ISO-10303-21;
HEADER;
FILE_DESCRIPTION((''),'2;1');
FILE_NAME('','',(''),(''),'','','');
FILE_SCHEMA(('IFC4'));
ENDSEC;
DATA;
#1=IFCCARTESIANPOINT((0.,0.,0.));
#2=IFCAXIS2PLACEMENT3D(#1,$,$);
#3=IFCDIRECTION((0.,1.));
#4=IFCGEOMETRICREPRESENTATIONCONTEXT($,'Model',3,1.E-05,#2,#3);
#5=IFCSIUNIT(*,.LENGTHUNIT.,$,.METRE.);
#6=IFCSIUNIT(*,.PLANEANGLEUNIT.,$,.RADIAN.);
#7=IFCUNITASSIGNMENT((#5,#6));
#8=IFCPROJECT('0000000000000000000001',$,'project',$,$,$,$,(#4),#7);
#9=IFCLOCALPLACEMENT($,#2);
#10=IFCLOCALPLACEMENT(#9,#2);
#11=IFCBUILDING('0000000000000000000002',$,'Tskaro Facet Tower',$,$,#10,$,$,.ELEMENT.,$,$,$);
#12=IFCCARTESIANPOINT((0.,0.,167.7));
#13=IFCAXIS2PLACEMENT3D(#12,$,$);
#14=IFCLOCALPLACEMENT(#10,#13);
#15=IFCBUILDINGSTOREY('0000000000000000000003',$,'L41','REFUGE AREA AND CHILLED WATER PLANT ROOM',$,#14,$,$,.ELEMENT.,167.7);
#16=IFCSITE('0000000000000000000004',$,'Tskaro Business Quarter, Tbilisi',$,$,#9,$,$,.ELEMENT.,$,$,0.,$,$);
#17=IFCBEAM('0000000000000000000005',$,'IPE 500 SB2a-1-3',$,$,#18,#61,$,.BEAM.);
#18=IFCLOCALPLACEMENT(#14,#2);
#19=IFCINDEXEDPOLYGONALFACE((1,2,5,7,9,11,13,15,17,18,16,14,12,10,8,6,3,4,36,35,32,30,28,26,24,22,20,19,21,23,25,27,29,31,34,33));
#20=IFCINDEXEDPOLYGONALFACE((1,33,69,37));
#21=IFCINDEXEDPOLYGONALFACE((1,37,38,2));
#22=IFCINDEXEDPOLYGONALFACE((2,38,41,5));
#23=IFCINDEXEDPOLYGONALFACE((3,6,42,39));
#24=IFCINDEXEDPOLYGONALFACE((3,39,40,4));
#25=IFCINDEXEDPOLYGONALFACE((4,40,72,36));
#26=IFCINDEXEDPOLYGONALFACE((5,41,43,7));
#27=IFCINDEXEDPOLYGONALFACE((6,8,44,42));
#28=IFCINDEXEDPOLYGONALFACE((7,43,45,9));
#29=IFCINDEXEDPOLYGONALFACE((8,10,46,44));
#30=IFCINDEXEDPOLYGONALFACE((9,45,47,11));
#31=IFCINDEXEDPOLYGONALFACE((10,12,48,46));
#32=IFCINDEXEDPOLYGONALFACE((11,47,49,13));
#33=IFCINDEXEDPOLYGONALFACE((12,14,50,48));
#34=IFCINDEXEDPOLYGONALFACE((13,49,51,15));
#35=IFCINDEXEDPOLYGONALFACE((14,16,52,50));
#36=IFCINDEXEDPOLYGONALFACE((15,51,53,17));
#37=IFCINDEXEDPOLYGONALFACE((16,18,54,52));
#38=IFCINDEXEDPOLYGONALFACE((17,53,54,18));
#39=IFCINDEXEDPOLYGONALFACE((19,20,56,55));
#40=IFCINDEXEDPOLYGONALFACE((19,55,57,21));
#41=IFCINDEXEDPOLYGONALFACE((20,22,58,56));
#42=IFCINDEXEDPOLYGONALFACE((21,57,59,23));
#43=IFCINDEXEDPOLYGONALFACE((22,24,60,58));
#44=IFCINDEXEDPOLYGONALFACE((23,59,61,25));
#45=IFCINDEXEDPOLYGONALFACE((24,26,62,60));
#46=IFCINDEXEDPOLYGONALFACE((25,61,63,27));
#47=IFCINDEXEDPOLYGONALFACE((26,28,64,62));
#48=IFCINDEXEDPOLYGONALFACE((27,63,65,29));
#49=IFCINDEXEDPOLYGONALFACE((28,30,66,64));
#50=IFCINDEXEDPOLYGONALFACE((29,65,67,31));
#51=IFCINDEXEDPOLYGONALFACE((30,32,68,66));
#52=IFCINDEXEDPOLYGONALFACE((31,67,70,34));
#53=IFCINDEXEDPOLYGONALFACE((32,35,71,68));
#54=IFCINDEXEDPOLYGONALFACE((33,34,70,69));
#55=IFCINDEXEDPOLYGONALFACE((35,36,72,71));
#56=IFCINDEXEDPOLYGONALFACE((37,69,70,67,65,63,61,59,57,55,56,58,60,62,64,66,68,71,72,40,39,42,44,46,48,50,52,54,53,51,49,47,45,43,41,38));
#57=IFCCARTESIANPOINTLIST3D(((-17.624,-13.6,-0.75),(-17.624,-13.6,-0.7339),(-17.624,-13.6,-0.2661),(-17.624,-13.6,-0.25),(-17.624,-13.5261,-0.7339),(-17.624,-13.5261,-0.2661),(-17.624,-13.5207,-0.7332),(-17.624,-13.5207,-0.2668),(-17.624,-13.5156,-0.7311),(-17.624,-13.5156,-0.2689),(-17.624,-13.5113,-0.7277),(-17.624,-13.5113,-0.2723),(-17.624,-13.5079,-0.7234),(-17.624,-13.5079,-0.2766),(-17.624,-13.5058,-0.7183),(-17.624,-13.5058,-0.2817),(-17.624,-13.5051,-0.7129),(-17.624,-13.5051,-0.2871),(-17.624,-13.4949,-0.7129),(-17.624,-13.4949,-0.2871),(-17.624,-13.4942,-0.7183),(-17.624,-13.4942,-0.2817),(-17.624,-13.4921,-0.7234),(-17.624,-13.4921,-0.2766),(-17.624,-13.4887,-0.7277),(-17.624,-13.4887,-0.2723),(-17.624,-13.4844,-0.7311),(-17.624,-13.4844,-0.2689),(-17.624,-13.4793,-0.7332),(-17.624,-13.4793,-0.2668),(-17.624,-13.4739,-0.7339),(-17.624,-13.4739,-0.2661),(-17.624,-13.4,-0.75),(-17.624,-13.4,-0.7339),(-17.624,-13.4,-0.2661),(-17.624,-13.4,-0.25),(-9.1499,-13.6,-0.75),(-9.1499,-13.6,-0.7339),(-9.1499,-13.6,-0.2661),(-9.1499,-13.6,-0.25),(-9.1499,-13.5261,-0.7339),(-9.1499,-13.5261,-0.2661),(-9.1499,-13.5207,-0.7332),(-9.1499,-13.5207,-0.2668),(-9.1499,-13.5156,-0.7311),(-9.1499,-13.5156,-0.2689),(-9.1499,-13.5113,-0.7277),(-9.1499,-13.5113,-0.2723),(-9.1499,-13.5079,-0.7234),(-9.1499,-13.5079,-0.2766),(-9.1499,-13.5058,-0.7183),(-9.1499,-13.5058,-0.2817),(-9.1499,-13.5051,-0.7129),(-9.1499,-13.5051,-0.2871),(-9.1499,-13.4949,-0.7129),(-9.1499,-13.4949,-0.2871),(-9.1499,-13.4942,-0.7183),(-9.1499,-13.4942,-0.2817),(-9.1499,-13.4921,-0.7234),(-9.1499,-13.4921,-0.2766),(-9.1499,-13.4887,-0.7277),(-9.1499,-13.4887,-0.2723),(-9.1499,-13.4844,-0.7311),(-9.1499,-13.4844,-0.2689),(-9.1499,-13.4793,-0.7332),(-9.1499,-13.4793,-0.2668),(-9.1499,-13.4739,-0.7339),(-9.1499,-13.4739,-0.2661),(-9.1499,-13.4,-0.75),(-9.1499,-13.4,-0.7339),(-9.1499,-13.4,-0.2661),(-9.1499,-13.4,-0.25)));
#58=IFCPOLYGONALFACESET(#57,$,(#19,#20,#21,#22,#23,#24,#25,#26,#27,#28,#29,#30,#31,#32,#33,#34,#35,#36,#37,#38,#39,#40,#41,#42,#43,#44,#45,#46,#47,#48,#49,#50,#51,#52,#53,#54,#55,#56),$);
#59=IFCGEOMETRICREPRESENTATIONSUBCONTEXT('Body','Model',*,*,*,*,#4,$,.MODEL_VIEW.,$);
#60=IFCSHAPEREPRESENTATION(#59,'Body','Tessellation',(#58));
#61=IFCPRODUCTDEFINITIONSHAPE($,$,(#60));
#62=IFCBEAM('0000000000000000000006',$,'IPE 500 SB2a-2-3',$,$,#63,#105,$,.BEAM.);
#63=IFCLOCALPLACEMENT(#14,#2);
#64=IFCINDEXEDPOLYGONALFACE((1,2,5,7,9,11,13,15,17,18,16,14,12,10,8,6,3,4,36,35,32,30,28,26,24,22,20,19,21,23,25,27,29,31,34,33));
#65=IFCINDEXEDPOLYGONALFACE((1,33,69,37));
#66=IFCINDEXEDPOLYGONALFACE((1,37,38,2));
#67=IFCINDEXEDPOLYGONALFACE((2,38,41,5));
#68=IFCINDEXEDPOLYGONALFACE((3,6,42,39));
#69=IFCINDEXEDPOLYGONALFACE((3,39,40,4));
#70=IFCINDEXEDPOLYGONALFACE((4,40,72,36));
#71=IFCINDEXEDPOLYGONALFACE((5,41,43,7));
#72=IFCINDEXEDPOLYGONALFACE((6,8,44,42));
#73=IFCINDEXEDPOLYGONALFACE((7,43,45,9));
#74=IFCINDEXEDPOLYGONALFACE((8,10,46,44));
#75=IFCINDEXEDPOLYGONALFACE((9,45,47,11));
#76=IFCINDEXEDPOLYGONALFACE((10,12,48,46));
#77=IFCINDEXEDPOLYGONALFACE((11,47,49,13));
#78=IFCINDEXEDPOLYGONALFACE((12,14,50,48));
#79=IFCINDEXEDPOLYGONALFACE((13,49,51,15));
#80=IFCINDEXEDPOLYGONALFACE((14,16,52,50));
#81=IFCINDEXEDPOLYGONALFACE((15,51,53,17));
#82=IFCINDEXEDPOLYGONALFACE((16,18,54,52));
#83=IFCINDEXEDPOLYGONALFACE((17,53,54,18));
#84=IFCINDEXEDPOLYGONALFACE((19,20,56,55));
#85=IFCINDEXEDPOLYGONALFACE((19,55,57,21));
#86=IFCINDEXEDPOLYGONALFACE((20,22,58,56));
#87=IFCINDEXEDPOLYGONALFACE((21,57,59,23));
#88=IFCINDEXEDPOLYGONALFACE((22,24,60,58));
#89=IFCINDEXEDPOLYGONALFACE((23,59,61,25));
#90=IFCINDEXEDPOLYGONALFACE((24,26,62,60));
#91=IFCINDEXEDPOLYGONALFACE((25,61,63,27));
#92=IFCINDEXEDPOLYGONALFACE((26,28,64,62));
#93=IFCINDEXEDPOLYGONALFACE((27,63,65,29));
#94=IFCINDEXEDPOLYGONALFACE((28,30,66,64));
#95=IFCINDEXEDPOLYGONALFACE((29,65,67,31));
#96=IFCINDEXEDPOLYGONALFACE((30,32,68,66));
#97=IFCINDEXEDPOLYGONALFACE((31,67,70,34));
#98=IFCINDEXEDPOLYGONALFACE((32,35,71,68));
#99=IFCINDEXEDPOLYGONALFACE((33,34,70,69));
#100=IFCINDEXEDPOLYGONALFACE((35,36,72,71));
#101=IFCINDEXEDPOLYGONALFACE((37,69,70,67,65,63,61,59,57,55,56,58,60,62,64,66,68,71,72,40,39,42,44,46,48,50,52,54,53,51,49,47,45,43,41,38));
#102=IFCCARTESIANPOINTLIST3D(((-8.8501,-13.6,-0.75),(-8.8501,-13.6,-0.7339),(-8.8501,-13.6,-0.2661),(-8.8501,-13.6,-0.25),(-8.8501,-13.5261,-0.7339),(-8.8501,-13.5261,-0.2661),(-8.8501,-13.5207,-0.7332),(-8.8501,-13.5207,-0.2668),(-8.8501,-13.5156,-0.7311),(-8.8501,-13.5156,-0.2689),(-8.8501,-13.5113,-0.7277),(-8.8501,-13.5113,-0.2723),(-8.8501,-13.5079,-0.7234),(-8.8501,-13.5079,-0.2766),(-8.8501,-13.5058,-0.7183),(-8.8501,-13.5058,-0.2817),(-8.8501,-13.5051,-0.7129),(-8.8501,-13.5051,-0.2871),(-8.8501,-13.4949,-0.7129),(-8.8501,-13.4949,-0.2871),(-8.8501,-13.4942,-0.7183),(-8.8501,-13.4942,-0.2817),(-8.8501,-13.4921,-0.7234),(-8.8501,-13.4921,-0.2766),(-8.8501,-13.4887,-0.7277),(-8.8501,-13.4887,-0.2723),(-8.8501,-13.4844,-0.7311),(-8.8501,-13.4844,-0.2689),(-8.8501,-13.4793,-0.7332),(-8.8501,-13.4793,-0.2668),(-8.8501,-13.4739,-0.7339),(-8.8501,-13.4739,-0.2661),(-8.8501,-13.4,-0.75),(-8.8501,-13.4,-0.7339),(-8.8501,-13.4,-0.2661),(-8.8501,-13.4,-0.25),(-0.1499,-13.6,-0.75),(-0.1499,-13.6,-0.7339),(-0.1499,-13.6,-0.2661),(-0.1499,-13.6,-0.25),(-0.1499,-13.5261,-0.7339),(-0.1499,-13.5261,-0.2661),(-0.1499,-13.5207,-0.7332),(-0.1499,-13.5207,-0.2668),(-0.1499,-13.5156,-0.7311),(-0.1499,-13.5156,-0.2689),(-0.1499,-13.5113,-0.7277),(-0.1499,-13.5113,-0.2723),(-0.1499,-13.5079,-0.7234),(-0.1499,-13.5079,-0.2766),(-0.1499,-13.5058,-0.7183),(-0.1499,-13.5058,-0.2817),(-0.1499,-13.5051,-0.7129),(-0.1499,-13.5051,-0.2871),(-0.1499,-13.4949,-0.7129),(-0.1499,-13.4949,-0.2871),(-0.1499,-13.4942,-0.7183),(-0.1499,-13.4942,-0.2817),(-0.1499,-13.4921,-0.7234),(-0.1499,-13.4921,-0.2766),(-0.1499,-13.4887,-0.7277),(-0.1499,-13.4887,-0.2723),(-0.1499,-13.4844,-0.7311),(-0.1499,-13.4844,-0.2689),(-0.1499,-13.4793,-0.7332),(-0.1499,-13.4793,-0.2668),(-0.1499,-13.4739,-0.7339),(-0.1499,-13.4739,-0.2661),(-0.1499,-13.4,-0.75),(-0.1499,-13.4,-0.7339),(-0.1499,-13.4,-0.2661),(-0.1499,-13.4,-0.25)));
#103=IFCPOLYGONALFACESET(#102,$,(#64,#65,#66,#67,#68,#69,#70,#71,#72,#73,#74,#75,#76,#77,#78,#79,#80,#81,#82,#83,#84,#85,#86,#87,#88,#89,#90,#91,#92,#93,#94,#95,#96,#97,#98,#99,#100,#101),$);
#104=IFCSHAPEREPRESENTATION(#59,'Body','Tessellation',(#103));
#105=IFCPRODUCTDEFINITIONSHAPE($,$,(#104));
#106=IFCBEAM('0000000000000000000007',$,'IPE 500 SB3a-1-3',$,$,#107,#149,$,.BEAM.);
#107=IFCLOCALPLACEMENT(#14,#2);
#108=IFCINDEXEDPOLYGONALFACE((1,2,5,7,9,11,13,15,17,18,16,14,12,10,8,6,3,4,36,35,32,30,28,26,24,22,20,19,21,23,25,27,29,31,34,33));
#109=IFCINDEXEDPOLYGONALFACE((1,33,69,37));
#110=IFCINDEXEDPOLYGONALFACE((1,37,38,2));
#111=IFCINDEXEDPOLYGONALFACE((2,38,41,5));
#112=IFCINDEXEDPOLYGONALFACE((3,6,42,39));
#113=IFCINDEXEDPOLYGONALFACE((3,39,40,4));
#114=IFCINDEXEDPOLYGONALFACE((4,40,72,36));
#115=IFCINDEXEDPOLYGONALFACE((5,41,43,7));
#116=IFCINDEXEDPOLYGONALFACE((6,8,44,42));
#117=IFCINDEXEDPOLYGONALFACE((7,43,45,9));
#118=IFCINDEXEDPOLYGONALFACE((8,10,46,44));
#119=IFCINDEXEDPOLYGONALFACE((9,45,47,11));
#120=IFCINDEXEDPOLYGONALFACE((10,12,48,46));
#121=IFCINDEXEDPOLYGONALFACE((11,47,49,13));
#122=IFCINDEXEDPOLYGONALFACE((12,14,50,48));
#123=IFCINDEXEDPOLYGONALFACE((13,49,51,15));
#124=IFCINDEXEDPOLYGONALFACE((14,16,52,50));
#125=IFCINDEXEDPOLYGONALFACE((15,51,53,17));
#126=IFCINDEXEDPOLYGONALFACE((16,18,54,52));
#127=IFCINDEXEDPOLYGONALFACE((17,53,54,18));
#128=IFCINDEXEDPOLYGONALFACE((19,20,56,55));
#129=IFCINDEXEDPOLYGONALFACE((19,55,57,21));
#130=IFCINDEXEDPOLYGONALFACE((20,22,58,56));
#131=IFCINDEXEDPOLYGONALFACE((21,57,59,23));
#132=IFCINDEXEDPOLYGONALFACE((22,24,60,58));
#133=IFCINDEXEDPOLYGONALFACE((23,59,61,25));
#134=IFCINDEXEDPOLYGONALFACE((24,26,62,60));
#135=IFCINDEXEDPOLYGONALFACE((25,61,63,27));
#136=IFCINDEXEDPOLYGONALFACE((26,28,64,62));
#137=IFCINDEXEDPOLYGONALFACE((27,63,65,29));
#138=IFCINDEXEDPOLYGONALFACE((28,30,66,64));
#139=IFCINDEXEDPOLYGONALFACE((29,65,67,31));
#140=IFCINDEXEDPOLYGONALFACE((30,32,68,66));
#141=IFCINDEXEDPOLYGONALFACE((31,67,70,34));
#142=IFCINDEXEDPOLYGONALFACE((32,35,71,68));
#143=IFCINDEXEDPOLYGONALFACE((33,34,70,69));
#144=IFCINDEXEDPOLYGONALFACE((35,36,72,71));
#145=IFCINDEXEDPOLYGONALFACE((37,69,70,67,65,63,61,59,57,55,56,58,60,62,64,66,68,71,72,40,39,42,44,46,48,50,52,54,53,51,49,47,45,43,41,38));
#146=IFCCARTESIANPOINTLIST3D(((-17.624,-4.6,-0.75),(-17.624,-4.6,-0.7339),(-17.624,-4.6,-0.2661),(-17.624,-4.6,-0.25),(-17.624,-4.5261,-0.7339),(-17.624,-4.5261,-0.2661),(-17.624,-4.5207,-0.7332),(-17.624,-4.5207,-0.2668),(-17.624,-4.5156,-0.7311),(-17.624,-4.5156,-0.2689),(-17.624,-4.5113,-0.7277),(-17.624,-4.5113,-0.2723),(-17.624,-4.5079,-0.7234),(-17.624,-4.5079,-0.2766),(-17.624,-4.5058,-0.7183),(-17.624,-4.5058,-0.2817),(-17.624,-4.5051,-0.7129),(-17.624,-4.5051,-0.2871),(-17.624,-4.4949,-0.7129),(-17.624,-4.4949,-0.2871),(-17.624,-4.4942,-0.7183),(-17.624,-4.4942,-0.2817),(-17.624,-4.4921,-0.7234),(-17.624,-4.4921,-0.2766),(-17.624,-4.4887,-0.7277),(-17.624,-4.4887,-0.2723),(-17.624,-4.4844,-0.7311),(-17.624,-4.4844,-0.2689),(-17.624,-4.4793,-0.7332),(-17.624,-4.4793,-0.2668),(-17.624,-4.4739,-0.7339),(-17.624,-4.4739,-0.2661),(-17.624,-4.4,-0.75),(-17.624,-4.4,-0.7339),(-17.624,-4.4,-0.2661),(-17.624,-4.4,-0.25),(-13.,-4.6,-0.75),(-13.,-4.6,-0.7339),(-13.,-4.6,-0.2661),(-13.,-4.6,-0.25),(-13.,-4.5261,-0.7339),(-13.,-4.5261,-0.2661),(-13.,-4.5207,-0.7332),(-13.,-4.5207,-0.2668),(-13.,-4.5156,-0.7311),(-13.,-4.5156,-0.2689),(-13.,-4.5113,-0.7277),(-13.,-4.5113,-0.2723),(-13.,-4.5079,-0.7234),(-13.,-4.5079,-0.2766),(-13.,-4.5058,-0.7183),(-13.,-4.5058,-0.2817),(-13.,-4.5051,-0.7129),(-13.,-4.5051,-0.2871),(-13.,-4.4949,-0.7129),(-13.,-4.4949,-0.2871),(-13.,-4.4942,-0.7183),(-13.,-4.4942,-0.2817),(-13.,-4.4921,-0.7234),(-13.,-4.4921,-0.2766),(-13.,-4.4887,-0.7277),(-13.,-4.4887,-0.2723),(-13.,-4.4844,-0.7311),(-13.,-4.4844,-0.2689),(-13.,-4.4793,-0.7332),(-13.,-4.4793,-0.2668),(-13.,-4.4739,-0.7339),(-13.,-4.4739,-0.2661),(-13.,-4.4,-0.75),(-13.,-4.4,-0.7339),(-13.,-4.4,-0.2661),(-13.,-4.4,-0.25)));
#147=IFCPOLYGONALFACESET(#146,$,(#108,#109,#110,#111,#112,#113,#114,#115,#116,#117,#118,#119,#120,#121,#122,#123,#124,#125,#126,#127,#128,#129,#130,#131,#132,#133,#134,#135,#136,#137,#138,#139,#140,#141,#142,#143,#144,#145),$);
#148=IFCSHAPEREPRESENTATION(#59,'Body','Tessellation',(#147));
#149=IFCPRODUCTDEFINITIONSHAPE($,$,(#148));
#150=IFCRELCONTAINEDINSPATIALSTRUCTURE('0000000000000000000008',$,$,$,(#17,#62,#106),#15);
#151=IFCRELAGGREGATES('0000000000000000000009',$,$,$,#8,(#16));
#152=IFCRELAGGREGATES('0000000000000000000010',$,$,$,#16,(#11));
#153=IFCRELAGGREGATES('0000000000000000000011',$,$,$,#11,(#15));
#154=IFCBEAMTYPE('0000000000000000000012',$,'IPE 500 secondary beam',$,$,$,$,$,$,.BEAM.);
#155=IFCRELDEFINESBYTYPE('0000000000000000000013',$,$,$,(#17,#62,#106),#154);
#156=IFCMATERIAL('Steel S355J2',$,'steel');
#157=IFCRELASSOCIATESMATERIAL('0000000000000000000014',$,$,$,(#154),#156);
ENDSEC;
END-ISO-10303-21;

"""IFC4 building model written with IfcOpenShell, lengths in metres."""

from ifc_helpers import new_model, si_unit, direction, frame, origin, origin_2d, place, context, subcontext, project, spatial, i_section, extrude, material, material_profile, profile_set, type_object, element, save


model = new_model("IFC4")

# Units and contexts
model_context = context("Model", 3, precision=1e-05, world=origin(), true_north=direction((0.0, 1.0)))
body_context = subcontext(model_context, "Body", "Model", "MODEL_VIEW")
ifc_project = project(units=[si_unit("LENGTHUNIT", "METRE"), si_unit("PLANEANGLEUNIT", "RADIAN")], contexts=[model_context])

# Site, building, storey
site_placement = place(None, origin())
site = spatial("IfcSite", under=ifc_project, at=site_placement, Name="Tskaro Business Quarter, Tbilisi", CompositionType="ELEMENT", RefElevation=0.0)
building_placement = place(site_placement, origin())
building = spatial("IfcBuilding", under=site, at=building_placement, Name="Tskaro Facet Tower", CompositionType="ELEMENT")
storey_placement = place(building_placement, frame((0.0, 0.0, 167.7)))
storey = spatial("IfcBuildingStorey", under=building, at=storey_placement, Name="L41", Description="REFUGE AREA AND CHILLED WATER PLANT ROOM", CompositionType="ELEMENT", Elevation=167.7)

# Shared definitions
ifc_material_1 = material(Name="Steel S355J2", Category="steel")

# Beams
ifc_material_profile_1 = material_profile(ifc_material_1, i_section(OverallWidth=0.2, OverallDepth=0.5, WebThickness=0.0103, FlangeThickness=0.0161, FilletRadius=0.021, at=origin_2d()), Name="IPE 500")
ifc_profile_set_1 = profile_set([ifc_material_profile_1], Name="Steel S355J2")
beam_type_1 = type_object("IfcBeamType", Name="IPE 500 secondary beam", PredefinedType="BEAM", material=ifc_profile_set_1)
beam_1_placement = place(storey_placement, frame((-17.624, -13.5, -0.5), z_axis=(1.0, 0.0, 0.0), x_axis=(0.0, 1.0, 0.0)))
element("IfcBeam", 1, at=beam_1_placement, inside=storey, type_object=beam_type_1, Name="IPE 500 SB2a-1-3", PredefinedType="BEAM", context=body_context, shape_type="SweptSolid", body=[
    extrude(i_section(OverallWidth=0.2, OverallDepth=0.5, WebThickness=0.0103, FlangeThickness=0.0161, FilletRadius=0.021, at=origin_2d()), origin(), (0.0, 0.0, 1.0), 8.4741),
])
beam_2_placement = place(storey_placement, frame((-8.8501, -13.5, -0.5), z_axis=(1.0, 0.0, 0.0), x_axis=(0.0, 1.0, 0.0)))
element("IfcBeam", 2, at=beam_2_placement, inside=storey, type_object=beam_type_1, Name="IPE 500 SB2a-2-3", PredefinedType="BEAM", context=body_context, shape_type="SweptSolid", body=[
    extrude(i_section(OverallWidth=0.2, OverallDepth=0.5, WebThickness=0.0103, FlangeThickness=0.0161, FilletRadius=0.021, at=origin_2d()), origin(), (0.0, 0.0, 1.0), 8.7002),
])
beam_3_placement = place(storey_placement, frame((-17.624, -4.5, -0.5), z_axis=(1.0, 0.0, 0.0), x_axis=(0.0, 1.0, 0.0)))
element("IfcBeam", 3, at=beam_3_placement, inside=storey, type_object=beam_type_1, Name="IPE 500 SB3a-1-3", PredefinedType="BEAM", context=body_context, shape_type="SweptSolid", body=[
    extrude(i_section(OverallWidth=0.2, OverallDepth=0.5, WebThickness=0.0103, FlangeThickness=0.0161, FilletRadius=0.021, at=origin_2d()), origin(), (0.0, 0.0, 1.0), 4.624),
])

save(model, "model.ifc")
